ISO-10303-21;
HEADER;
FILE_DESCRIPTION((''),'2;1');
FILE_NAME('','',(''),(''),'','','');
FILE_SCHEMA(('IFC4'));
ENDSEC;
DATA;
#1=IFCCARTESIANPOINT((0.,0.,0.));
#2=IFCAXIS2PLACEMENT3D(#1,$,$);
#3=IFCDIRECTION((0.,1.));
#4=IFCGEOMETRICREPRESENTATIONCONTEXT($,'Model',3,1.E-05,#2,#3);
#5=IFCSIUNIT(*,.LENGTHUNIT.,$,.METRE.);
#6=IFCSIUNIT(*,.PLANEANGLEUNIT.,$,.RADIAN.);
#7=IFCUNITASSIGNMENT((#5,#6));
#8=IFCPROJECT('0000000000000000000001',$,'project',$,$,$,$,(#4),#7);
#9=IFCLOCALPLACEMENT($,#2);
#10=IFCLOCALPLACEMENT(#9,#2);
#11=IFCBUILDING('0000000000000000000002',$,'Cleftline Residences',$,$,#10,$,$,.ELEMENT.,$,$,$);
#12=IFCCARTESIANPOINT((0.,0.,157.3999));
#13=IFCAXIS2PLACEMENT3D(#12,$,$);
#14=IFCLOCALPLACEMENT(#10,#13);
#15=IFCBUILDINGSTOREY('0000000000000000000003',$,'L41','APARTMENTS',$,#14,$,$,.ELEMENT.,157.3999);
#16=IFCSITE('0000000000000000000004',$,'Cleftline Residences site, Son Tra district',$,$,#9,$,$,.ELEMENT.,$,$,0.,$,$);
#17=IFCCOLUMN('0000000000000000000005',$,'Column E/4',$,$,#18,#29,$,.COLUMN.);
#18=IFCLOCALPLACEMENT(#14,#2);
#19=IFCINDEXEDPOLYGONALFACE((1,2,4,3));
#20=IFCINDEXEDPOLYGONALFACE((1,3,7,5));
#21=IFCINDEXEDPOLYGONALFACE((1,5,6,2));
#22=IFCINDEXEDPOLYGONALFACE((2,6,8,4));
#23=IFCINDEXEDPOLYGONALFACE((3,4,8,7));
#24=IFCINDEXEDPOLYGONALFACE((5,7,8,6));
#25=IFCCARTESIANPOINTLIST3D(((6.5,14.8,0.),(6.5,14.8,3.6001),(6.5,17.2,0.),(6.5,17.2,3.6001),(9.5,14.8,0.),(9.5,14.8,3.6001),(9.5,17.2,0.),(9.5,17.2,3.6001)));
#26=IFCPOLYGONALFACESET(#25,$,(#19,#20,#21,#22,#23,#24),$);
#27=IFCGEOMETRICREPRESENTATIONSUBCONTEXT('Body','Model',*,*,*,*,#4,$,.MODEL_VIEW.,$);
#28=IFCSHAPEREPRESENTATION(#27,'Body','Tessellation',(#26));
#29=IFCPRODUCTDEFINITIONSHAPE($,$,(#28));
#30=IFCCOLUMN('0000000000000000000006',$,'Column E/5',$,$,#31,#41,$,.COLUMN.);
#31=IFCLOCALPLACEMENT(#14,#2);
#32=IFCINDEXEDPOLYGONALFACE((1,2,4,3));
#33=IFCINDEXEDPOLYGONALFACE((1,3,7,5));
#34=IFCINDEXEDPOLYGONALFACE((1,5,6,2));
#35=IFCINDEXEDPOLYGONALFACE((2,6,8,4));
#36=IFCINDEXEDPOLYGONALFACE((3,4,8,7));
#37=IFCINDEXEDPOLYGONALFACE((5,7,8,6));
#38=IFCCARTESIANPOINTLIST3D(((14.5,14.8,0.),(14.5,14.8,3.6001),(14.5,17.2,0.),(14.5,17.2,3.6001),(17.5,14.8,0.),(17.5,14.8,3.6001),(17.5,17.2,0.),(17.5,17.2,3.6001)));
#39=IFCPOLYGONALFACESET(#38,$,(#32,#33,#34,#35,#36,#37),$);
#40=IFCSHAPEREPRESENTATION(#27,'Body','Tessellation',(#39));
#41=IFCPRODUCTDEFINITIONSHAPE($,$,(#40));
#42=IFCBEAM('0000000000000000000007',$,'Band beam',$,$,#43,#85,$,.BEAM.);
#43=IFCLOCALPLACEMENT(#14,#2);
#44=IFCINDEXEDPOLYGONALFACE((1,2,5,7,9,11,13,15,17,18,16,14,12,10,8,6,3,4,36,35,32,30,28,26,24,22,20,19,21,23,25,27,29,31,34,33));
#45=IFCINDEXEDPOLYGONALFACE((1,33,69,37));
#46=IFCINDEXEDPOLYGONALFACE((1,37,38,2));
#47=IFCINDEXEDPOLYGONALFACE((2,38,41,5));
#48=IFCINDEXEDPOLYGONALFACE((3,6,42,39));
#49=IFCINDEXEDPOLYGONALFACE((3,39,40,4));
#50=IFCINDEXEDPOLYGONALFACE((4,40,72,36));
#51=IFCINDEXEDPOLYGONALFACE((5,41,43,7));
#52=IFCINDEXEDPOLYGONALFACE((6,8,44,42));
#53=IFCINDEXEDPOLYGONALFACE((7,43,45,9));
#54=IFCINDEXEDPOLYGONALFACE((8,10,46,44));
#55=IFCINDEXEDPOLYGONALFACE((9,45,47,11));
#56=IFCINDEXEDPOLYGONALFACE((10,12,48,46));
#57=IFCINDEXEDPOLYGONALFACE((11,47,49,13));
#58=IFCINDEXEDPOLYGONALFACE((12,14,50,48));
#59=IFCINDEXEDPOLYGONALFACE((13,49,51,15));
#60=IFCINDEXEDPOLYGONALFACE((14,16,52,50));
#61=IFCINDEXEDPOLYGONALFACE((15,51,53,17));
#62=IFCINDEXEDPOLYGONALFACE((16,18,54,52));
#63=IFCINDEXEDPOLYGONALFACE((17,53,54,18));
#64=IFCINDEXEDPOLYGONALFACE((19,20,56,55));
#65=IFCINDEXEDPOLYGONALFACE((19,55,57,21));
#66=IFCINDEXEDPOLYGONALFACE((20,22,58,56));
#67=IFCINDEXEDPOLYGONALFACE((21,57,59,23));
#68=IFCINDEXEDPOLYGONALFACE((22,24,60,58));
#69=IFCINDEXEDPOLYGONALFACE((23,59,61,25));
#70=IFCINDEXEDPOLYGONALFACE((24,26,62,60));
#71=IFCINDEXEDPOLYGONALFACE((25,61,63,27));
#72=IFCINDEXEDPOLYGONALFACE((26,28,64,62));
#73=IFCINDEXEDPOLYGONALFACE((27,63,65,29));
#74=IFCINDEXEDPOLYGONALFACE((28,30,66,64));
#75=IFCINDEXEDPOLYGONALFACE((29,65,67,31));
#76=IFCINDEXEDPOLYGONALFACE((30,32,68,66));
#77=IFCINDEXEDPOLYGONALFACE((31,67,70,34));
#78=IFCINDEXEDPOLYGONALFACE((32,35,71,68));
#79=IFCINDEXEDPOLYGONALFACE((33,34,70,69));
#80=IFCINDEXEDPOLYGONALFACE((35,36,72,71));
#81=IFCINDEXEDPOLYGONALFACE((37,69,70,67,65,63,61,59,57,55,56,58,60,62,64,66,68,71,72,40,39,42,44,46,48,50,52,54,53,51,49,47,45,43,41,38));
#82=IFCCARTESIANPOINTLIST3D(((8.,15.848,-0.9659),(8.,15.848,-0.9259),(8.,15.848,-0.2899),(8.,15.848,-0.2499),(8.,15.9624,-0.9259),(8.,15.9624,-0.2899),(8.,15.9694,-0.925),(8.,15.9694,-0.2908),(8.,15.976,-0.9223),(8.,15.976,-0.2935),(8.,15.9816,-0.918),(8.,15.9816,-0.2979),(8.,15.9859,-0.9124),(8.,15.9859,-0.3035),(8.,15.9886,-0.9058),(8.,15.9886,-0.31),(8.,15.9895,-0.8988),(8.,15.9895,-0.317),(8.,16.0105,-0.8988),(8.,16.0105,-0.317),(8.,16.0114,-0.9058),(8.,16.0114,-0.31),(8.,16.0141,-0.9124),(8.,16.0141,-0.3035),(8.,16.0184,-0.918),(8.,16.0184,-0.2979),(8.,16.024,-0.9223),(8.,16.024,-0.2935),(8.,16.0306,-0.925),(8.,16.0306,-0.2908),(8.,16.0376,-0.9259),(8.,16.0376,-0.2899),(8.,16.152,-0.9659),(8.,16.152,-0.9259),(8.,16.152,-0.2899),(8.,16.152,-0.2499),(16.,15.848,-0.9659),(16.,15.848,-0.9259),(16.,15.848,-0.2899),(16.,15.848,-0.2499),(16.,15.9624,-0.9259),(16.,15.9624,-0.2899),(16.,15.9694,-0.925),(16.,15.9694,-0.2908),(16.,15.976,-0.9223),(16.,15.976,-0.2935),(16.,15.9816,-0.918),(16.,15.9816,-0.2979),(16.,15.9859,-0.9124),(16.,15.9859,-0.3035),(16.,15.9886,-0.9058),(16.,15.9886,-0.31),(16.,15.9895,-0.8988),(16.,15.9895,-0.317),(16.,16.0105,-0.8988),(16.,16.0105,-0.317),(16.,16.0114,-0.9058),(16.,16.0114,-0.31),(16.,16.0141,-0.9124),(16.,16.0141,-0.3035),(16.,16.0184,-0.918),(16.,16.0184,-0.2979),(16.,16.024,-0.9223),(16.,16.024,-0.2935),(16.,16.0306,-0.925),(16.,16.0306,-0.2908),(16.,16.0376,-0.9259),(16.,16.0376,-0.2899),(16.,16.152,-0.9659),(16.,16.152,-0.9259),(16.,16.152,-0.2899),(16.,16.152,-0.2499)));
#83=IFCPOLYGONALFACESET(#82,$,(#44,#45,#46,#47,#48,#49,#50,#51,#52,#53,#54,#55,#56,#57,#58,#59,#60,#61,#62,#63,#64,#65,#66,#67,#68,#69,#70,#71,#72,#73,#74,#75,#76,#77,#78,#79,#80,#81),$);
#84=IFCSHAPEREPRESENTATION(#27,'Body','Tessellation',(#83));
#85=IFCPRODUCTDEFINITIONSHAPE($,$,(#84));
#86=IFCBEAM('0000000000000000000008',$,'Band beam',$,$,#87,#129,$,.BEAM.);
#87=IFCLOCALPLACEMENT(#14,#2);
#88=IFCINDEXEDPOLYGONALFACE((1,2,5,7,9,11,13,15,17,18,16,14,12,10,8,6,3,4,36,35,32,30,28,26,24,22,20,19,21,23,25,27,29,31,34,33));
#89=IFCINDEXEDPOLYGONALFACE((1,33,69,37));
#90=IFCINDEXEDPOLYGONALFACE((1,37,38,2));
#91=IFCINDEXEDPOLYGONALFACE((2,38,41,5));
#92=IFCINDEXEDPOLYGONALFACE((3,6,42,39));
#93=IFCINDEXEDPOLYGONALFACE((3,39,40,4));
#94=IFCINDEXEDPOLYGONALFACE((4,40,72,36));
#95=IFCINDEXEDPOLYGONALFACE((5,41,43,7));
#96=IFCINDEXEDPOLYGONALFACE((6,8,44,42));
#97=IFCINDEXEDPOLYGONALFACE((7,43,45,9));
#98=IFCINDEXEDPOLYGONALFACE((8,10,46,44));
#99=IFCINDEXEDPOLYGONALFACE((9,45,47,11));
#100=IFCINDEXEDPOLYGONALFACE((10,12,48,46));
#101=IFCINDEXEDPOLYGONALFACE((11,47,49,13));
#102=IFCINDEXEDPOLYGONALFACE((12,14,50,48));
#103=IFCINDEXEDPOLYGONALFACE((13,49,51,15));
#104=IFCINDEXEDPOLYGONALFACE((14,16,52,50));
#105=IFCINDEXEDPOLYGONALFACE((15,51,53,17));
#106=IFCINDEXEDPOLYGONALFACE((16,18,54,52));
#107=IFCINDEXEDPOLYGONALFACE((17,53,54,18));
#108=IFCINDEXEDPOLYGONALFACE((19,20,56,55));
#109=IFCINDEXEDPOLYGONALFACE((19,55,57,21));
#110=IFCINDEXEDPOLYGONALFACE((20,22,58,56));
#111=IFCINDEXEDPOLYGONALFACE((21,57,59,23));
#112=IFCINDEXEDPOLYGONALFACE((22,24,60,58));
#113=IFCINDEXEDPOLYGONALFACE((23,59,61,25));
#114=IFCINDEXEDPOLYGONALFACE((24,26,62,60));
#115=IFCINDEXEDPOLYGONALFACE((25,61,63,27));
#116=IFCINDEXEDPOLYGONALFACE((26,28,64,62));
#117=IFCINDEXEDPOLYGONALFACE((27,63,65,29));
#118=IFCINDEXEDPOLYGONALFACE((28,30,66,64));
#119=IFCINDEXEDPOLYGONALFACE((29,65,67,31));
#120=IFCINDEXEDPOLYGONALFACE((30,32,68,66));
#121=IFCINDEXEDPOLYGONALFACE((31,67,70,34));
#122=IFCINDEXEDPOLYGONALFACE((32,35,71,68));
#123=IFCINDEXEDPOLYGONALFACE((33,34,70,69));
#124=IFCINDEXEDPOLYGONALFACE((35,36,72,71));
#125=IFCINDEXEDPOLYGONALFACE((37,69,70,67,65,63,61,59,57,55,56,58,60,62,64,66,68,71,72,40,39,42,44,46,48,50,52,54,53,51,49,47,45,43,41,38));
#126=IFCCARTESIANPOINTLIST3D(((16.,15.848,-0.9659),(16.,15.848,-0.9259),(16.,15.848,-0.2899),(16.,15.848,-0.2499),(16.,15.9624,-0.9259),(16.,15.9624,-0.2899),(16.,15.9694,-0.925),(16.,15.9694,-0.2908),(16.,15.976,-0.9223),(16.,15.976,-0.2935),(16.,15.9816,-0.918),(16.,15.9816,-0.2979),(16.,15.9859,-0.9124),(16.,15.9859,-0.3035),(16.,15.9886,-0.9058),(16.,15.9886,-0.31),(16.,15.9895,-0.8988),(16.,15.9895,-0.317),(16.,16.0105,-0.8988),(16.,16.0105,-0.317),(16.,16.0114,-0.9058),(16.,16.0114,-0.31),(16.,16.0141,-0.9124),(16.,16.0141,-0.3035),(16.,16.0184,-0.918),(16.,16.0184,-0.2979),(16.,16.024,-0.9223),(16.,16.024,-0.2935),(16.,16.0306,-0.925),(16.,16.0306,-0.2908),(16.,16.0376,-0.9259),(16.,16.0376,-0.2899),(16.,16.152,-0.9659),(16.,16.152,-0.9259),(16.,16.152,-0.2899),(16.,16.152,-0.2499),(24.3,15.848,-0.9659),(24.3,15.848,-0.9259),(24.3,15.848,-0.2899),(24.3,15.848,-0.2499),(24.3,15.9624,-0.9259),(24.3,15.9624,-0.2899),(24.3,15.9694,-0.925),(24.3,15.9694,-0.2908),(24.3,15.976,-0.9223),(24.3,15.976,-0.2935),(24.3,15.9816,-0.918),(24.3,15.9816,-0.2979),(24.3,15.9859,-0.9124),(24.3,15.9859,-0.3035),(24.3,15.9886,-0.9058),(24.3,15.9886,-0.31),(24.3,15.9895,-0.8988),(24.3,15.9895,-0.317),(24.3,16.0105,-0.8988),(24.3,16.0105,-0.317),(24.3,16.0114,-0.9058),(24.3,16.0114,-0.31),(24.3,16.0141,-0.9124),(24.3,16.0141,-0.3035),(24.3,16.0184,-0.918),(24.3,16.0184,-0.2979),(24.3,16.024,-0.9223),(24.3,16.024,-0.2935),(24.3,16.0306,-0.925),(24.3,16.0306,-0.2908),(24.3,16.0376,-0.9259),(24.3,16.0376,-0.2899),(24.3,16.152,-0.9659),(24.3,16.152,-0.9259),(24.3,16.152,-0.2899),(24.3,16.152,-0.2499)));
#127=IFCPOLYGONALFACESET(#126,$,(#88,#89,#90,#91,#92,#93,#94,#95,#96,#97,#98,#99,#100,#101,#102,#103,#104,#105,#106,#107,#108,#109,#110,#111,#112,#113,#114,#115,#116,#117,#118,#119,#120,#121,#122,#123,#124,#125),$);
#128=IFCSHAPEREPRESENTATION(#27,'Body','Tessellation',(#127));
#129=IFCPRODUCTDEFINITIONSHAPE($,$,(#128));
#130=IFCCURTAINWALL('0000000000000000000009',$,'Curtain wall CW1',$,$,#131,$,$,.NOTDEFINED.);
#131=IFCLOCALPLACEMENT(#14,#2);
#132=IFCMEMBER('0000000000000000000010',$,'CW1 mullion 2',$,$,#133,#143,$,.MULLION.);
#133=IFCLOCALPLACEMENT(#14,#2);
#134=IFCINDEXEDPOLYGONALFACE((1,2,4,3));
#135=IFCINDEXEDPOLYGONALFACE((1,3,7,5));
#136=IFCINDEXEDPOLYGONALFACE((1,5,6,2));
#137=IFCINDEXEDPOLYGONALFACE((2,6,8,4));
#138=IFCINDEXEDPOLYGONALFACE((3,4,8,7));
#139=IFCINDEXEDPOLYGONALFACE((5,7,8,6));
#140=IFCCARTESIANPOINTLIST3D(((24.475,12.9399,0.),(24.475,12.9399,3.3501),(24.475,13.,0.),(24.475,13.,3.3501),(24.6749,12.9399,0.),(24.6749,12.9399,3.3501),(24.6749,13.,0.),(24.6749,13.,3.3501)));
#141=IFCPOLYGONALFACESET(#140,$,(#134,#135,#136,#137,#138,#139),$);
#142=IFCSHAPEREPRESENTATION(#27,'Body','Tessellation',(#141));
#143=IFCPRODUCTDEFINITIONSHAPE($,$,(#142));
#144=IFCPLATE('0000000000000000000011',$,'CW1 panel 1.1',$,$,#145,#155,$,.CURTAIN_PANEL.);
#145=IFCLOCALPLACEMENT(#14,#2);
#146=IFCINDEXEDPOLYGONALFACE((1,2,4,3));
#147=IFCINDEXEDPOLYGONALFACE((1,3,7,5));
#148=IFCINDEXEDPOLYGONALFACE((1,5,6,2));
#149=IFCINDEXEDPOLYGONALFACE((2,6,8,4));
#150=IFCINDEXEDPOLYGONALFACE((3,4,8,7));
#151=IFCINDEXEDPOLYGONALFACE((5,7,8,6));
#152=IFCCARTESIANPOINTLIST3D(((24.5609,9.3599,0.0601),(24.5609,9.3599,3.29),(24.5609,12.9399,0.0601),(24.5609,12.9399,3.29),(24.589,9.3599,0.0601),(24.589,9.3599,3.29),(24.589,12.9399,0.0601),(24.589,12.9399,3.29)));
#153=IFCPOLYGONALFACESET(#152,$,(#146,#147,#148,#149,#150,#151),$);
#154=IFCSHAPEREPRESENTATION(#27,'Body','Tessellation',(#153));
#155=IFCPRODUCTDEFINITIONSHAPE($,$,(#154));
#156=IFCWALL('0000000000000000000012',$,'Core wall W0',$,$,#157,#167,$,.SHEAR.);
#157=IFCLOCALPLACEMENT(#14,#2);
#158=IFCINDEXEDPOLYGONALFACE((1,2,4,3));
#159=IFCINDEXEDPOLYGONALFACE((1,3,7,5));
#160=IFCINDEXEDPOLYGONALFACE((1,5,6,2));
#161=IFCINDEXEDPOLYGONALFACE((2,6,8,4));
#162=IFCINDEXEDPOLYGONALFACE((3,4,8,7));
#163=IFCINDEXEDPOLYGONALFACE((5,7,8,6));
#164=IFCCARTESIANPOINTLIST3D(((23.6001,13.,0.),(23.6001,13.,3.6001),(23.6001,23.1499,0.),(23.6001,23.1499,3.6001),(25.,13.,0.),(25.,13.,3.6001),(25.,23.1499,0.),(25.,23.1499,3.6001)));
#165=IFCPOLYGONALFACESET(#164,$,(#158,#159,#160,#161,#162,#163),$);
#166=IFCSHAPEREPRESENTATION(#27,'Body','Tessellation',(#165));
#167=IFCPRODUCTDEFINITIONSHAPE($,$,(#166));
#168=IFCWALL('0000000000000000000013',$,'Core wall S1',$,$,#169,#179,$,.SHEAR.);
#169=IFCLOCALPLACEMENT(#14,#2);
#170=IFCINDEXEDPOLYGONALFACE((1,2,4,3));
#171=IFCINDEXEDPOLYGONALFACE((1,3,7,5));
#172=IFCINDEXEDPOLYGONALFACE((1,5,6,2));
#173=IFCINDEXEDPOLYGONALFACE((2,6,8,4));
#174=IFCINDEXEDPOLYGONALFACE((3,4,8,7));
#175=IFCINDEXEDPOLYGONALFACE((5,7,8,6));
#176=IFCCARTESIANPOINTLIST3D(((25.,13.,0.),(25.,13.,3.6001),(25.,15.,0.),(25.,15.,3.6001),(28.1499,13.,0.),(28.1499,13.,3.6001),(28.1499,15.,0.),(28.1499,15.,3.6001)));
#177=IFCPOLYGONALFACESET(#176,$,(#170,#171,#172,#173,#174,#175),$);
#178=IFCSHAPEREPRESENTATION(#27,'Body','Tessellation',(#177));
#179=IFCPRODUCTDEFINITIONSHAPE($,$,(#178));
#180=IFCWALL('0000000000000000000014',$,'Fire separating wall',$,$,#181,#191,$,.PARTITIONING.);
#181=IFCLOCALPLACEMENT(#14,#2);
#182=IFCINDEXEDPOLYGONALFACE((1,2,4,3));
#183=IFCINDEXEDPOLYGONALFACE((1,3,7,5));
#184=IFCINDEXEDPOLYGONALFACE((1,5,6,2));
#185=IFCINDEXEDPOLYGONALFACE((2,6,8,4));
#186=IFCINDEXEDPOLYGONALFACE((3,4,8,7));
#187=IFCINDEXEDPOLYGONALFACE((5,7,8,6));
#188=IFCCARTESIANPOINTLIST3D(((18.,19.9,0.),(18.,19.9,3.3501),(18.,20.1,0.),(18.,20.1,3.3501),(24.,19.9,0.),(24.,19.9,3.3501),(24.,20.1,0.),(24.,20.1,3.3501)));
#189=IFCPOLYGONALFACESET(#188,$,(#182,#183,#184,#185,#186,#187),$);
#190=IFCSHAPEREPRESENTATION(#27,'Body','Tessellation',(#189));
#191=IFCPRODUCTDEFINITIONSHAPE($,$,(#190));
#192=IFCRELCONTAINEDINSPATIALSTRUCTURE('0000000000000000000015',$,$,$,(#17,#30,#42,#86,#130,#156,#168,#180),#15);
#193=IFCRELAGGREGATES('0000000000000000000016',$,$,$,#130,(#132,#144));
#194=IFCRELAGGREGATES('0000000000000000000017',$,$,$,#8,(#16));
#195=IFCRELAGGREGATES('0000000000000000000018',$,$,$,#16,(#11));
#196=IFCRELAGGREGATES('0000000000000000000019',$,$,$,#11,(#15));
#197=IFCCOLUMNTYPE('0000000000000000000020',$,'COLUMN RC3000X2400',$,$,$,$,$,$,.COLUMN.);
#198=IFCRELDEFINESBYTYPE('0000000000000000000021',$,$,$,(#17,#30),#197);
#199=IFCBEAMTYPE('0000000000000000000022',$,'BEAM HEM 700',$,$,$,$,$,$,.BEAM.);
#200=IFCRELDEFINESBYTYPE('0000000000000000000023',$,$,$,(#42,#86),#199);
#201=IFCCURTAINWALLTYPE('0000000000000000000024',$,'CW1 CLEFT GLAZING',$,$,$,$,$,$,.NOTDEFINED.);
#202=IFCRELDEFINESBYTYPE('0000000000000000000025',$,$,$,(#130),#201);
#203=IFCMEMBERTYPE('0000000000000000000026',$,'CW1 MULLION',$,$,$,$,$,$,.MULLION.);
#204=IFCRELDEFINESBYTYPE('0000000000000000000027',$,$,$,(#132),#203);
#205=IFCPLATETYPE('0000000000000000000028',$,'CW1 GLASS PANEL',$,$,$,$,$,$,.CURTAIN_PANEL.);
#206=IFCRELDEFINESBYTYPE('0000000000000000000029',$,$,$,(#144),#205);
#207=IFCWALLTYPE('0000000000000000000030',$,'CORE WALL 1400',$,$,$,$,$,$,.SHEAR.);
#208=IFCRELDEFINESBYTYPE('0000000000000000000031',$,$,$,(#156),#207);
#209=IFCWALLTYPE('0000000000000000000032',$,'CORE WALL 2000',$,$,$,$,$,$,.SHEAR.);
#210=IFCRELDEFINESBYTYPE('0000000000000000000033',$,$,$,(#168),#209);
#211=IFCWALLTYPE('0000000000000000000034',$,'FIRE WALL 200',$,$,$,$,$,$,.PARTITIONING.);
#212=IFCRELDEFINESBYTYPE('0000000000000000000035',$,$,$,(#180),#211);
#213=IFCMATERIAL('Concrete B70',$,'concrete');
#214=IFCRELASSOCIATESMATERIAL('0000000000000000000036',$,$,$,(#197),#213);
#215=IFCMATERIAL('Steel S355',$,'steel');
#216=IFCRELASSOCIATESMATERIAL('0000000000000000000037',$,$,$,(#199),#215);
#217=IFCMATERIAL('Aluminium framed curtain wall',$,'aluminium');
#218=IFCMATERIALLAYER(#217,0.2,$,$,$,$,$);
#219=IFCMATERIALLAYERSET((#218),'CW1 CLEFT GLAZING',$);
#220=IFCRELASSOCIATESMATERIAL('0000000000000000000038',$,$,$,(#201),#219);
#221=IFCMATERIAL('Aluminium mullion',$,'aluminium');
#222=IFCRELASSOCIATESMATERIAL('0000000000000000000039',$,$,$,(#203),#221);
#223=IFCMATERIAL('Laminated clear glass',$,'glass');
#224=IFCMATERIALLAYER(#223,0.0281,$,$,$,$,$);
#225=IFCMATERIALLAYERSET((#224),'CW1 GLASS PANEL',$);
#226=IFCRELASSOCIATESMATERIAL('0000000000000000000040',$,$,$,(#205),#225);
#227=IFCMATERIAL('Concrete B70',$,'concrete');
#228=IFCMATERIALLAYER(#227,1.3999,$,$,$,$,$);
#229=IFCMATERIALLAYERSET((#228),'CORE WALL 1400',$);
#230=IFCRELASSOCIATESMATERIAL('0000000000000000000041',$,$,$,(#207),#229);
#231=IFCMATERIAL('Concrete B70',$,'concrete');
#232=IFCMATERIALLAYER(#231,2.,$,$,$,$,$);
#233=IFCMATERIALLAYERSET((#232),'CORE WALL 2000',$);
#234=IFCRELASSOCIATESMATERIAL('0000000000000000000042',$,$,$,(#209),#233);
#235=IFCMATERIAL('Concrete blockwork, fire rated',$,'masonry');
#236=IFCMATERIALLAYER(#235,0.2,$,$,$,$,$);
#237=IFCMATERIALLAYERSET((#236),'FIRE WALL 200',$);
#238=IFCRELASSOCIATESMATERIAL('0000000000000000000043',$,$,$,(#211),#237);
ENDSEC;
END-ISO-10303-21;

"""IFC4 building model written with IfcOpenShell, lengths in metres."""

from ifc_helpers import new_model, si_unit, direction, frame, frame_2d, origin, origin_2d, place, context, subcontext, project, spatial, rectangle, i_section, extrude, material, layer, layer_set, material_profile, profile_set, type_object, element, aggregate, save


model = new_model("IFC4")

# Units and contexts
model_context = context("Model", 3, precision=1e-05, world=origin(), true_north=direction((0.0, 1.0)))
body_context = subcontext(model_context, "Body", "Model", "MODEL_VIEW")
ifc_project = project(units=[si_unit("LENGTHUNIT", "METRE"), si_unit("PLANEANGLEUNIT", "RADIAN")], contexts=[model_context])

# Site, building, storey
site_placement = place(None, origin())
site = spatial("IfcSite", under=ifc_project, at=site_placement, Name="Cleftline Residences site, Son Tra district", CompositionType="ELEMENT", RefElevation=0.0)
building_placement = place(site_placement, origin())
building = spatial("IfcBuilding", under=site, at=building_placement, Name="Cleftline Residences", CompositionType="ELEMENT")
storey_placement = place(building_placement, frame((0.0, 0.0, 157.3999)))
storey = spatial("IfcBuildingStorey", under=building, at=storey_placement, Name="L41", Description="APARTMENTS", CompositionType="ELEMENT", Elevation=157.3999)

# Columns
ifc_material_1 = material(Name="Concrete B70", Category="concrete")
ifc_material_profile_1 = material_profile(ifc_material_1, rectangle(XDim=3.0, YDim=2.3999, at=origin_2d()))
ifc_profile_set_1 = profile_set([ifc_material_profile_1], Name="Concrete B70")
column_type = type_object("IfcColumnType", Name="COLUMN RC3000X2400", PredefinedType="COLUMN", material=ifc_profile_set_1)
for number, where, z_axis, x_axis, name in (
    (1, (8.0, 16.0, 0.0), (0.0, 0.0, 1.0), (1.0, 0.0, 0.0), "Column E/4"),
    (2, (16.0, 16.0, 0.0), (0.0, 0.0, 1.0), (1.0, 0.0, 0.0), "Column E/5"),
):
    element("IfcColumn", number, at=place(storey_placement, frame(where, z_axis=z_axis, x_axis=x_axis)), inside=storey, type_object=column_type, Name=name, PredefinedType="COLUMN", context=body_context, shape_type="SweptSolid", body=[
        extrude(rectangle(XDim=3.0, YDim=2.3999, at=origin_2d()), origin(), (0.0, 0.0, 1.0), 3.6001),
    ])

# Beams
ifc_material_2 = material(Name="Steel S355", Category="steel")
ifc_material_profile_2 = material_profile(ifc_material_2, i_section(OverallWidth=0.304, OverallDepth=0.7161, WebThickness=0.021, FlangeThickness=0.04, FilletRadius=0.0271, at=origin_2d()))
ifc_profile_set_2 = profile_set([ifc_material_profile_2], Name="Steel S355")
beam_type = type_object("IfcBeamType", Name="BEAM HEM 700", PredefinedType="BEAM", material=ifc_profile_set_2)
beam_1_placement = place(storey_placement, frame((8.0, 16.0, -0.6079), z_axis=(1.0, 0.0, 0.0), x_axis=(0.0, 1.0, 0.0)))
element("IfcBeam", 3, at=beam_1_placement, inside=storey, type_object=beam_type, Name="Band beam", PredefinedType="BEAM", context=body_context, shape_type="SweptSolid", body=[
    extrude(i_section(OverallWidth=0.304, OverallDepth=0.7161, WebThickness=0.021, FlangeThickness=0.04, FilletRadius=0.0271, at=origin_2d()), origin(), (0.0, 0.0, 1.0), 8.0),
])
beam_2_placement = place(storey_placement, frame((16.0, 16.0, -0.6079), z_axis=(1.0, 0.0, 0.0), x_axis=(0.0, 1.0, 0.0)))
element("IfcBeam", 4, at=beam_2_placement, inside=storey, type_object=beam_type, Name="Band beam", PredefinedType="BEAM", context=body_context, shape_type="SweptSolid", body=[
    extrude(i_section(OverallWidth=0.304, OverallDepth=0.7161, WebThickness=0.021, FlangeThickness=0.04, FilletRadius=0.0271, at=origin_2d()), origin(), (0.0, 0.0, 1.0), 8.3),
])

# Curtain wall, member, plate
ifc_material_3 = material(Name="Aluminium framed curtain wall", Category="aluminium")
ifc_layer_1 = layer(ifc_material_3, 0.2)
ifc_layer_set_1 = layer_set([ifc_layer_1], Name="CW1 CLEFT GLAZING")
curtain_wall_type = type_object("IfcCurtainWallType", Name="CW1 CLEFT GLAZING", PredefinedType="NOTDEFINED", material=ifc_layer_set_1)
curtain_wall_placement = place(storey_placement, origin())
curtain_wall = element("IfcCurtainWall", 5, at=curtain_wall_placement, inside=storey, type_object=curtain_wall_type, Name="Curtain wall CW1", PredefinedType="NOTDEFINED")
ifc_material_4 = material(Name="Aluminium mullion", Category="aluminium")
ifc_material_profile_3 = material_profile(ifc_material_4, rectangle(XDim=0.2, YDim=0.0601, at=origin_2d()))
ifc_profile_set_3 = profile_set([ifc_material_profile_3], Name="Aluminium mullion")
member_type = type_object("IfcMemberType", Name="CW1 MULLION", PredefinedType="MULLION", material=ifc_profile_set_3)
member_placement = place(storey_placement, frame((24.575, 12.97, 0.0), z_axis=(0.0, 0.0, 1.0), x_axis=(-1.0, 0.0, 0.0)))
member = element("IfcMember", 6, at=member_placement, type_object=member_type, Name="CW1 mullion 2", PredefinedType="MULLION", context=body_context, shape_type="SweptSolid", body=[
    extrude(rectangle(XDim=0.2, YDim=0.0601, at=origin_2d()), origin(), (0.0, 0.0, 1.0), 3.3501),
])
ifc_material_5 = material(Name="Laminated clear glass", Category="glass")
ifc_layer_2 = layer(ifc_material_5, 0.0281)
ifc_layer_set_2 = layer_set([ifc_layer_2], Name="CW1 GLASS PANEL")
plate_type = type_object("IfcPlateType", Name="CW1 GLASS PANEL", PredefinedType="CURTAIN_PANEL", material=ifc_layer_set_2)
plate_placement = place(storey_placement, frame((24.575, 11.1499, 0.0601), z_axis=(0.0, 0.0, 1.0), x_axis=(0.0, 1.0, 0.0)))
plate = element("IfcPlate", 7, at=plate_placement, type_object=plate_type, Name="CW1 panel 1.1", PredefinedType="CURTAIN_PANEL", context=body_context, shape_type="SweptSolid", body=[
    extrude(rectangle(XDim=3.5801, YDim=0.0281, at=origin_2d()), origin(), (0.0, 0.0, 1.0), 3.23),
])
aggregate(curtain_wall, [member, plate])

# Walls
ifc_material_6 = material(Name="Concrete B70", Category="concrete")
ifc_layer_3 = layer(ifc_material_6, 1.3999)
ifc_layer_set_3 = layer_set([ifc_layer_3], Name="CORE WALL 1400")
wall_type_1 = type_object("IfcWallType", Name="CORE WALL 1400", PredefinedType="SHEAR", material=ifc_layer_set_3)
wall_1_placement = place(storey_placement, frame((24.3, 13.0, 0.0), z_axis=(0.0, 0.0, 1.0), x_axis=(0.0, 1.0, 0.0)))
element("IfcWall", 8, at=wall_1_placement, inside=storey, type_object=wall_type_1, Name="Core wall W0", PredefinedType="SHEAR", context=body_context, shape_type="SweptSolid", body=[
    extrude(rectangle(XDim=10.1499, YDim=1.3999, at=frame_2d((5.075, 0.0))), origin(), (0.0, 0.0, 1.0), 3.6001),
])
ifc_material_7 = material(Name="Concrete B70", Category="concrete")
ifc_layer_4 = layer(ifc_material_7, 2.0)
ifc_layer_set_4 = layer_set([ifc_layer_4], Name="CORE WALL 2000")
wall_type_2 = type_object("IfcWallType", Name="CORE WALL 2000", PredefinedType="SHEAR", material=ifc_layer_set_4)
wall_2_placement = place(storey_placement, frame((25.0, 14.0, 0.0), z_axis=(0.0, 0.0, 1.0), x_axis=(1.0, 0.0, 0.0)))
element("IfcWall", 9, at=wall_2_placement, inside=storey, type_object=wall_type_2, Name="Core wall S1", PredefinedType="SHEAR", context=body_context, shape_type="SweptSolid", body=[
    extrude(rectangle(XDim=3.1499, YDim=2.0, at=frame_2d((1.575, 0.0))), origin(), (0.0, 0.0, 1.0), 3.6001),
])
ifc_material_8 = material(Name="Concrete blockwork, fire rated", Category="masonry")
ifc_layer_5 = layer(ifc_material_8, 0.2)
ifc_layer_set_5 = layer_set([ifc_layer_5], Name="FIRE WALL 200")
wall_type_3 = type_object("IfcWallType", Name="FIRE WALL 200", PredefinedType="PARTITIONING", material=ifc_layer_set_5)
wall_3_placement = place(storey_placement, frame((18.0, 20.0, 0.0), z_axis=(0.0, 0.0, 1.0), x_axis=(1.0, 0.0, 0.0)))
element("IfcWall", 10, at=wall_3_placement, inside=storey, type_object=wall_type_3, Name="Fire separating wall", PredefinedType="PARTITIONING", context=body_context, shape_type="SweptSolid", body=[
    extrude(rectangle(XDim=6.0, YDim=0.2, at=frame_2d((3.0, 0.0))), origin(), (0.0, 0.0, 1.0), 3.3501),
])

save(model, "model.ifc")
